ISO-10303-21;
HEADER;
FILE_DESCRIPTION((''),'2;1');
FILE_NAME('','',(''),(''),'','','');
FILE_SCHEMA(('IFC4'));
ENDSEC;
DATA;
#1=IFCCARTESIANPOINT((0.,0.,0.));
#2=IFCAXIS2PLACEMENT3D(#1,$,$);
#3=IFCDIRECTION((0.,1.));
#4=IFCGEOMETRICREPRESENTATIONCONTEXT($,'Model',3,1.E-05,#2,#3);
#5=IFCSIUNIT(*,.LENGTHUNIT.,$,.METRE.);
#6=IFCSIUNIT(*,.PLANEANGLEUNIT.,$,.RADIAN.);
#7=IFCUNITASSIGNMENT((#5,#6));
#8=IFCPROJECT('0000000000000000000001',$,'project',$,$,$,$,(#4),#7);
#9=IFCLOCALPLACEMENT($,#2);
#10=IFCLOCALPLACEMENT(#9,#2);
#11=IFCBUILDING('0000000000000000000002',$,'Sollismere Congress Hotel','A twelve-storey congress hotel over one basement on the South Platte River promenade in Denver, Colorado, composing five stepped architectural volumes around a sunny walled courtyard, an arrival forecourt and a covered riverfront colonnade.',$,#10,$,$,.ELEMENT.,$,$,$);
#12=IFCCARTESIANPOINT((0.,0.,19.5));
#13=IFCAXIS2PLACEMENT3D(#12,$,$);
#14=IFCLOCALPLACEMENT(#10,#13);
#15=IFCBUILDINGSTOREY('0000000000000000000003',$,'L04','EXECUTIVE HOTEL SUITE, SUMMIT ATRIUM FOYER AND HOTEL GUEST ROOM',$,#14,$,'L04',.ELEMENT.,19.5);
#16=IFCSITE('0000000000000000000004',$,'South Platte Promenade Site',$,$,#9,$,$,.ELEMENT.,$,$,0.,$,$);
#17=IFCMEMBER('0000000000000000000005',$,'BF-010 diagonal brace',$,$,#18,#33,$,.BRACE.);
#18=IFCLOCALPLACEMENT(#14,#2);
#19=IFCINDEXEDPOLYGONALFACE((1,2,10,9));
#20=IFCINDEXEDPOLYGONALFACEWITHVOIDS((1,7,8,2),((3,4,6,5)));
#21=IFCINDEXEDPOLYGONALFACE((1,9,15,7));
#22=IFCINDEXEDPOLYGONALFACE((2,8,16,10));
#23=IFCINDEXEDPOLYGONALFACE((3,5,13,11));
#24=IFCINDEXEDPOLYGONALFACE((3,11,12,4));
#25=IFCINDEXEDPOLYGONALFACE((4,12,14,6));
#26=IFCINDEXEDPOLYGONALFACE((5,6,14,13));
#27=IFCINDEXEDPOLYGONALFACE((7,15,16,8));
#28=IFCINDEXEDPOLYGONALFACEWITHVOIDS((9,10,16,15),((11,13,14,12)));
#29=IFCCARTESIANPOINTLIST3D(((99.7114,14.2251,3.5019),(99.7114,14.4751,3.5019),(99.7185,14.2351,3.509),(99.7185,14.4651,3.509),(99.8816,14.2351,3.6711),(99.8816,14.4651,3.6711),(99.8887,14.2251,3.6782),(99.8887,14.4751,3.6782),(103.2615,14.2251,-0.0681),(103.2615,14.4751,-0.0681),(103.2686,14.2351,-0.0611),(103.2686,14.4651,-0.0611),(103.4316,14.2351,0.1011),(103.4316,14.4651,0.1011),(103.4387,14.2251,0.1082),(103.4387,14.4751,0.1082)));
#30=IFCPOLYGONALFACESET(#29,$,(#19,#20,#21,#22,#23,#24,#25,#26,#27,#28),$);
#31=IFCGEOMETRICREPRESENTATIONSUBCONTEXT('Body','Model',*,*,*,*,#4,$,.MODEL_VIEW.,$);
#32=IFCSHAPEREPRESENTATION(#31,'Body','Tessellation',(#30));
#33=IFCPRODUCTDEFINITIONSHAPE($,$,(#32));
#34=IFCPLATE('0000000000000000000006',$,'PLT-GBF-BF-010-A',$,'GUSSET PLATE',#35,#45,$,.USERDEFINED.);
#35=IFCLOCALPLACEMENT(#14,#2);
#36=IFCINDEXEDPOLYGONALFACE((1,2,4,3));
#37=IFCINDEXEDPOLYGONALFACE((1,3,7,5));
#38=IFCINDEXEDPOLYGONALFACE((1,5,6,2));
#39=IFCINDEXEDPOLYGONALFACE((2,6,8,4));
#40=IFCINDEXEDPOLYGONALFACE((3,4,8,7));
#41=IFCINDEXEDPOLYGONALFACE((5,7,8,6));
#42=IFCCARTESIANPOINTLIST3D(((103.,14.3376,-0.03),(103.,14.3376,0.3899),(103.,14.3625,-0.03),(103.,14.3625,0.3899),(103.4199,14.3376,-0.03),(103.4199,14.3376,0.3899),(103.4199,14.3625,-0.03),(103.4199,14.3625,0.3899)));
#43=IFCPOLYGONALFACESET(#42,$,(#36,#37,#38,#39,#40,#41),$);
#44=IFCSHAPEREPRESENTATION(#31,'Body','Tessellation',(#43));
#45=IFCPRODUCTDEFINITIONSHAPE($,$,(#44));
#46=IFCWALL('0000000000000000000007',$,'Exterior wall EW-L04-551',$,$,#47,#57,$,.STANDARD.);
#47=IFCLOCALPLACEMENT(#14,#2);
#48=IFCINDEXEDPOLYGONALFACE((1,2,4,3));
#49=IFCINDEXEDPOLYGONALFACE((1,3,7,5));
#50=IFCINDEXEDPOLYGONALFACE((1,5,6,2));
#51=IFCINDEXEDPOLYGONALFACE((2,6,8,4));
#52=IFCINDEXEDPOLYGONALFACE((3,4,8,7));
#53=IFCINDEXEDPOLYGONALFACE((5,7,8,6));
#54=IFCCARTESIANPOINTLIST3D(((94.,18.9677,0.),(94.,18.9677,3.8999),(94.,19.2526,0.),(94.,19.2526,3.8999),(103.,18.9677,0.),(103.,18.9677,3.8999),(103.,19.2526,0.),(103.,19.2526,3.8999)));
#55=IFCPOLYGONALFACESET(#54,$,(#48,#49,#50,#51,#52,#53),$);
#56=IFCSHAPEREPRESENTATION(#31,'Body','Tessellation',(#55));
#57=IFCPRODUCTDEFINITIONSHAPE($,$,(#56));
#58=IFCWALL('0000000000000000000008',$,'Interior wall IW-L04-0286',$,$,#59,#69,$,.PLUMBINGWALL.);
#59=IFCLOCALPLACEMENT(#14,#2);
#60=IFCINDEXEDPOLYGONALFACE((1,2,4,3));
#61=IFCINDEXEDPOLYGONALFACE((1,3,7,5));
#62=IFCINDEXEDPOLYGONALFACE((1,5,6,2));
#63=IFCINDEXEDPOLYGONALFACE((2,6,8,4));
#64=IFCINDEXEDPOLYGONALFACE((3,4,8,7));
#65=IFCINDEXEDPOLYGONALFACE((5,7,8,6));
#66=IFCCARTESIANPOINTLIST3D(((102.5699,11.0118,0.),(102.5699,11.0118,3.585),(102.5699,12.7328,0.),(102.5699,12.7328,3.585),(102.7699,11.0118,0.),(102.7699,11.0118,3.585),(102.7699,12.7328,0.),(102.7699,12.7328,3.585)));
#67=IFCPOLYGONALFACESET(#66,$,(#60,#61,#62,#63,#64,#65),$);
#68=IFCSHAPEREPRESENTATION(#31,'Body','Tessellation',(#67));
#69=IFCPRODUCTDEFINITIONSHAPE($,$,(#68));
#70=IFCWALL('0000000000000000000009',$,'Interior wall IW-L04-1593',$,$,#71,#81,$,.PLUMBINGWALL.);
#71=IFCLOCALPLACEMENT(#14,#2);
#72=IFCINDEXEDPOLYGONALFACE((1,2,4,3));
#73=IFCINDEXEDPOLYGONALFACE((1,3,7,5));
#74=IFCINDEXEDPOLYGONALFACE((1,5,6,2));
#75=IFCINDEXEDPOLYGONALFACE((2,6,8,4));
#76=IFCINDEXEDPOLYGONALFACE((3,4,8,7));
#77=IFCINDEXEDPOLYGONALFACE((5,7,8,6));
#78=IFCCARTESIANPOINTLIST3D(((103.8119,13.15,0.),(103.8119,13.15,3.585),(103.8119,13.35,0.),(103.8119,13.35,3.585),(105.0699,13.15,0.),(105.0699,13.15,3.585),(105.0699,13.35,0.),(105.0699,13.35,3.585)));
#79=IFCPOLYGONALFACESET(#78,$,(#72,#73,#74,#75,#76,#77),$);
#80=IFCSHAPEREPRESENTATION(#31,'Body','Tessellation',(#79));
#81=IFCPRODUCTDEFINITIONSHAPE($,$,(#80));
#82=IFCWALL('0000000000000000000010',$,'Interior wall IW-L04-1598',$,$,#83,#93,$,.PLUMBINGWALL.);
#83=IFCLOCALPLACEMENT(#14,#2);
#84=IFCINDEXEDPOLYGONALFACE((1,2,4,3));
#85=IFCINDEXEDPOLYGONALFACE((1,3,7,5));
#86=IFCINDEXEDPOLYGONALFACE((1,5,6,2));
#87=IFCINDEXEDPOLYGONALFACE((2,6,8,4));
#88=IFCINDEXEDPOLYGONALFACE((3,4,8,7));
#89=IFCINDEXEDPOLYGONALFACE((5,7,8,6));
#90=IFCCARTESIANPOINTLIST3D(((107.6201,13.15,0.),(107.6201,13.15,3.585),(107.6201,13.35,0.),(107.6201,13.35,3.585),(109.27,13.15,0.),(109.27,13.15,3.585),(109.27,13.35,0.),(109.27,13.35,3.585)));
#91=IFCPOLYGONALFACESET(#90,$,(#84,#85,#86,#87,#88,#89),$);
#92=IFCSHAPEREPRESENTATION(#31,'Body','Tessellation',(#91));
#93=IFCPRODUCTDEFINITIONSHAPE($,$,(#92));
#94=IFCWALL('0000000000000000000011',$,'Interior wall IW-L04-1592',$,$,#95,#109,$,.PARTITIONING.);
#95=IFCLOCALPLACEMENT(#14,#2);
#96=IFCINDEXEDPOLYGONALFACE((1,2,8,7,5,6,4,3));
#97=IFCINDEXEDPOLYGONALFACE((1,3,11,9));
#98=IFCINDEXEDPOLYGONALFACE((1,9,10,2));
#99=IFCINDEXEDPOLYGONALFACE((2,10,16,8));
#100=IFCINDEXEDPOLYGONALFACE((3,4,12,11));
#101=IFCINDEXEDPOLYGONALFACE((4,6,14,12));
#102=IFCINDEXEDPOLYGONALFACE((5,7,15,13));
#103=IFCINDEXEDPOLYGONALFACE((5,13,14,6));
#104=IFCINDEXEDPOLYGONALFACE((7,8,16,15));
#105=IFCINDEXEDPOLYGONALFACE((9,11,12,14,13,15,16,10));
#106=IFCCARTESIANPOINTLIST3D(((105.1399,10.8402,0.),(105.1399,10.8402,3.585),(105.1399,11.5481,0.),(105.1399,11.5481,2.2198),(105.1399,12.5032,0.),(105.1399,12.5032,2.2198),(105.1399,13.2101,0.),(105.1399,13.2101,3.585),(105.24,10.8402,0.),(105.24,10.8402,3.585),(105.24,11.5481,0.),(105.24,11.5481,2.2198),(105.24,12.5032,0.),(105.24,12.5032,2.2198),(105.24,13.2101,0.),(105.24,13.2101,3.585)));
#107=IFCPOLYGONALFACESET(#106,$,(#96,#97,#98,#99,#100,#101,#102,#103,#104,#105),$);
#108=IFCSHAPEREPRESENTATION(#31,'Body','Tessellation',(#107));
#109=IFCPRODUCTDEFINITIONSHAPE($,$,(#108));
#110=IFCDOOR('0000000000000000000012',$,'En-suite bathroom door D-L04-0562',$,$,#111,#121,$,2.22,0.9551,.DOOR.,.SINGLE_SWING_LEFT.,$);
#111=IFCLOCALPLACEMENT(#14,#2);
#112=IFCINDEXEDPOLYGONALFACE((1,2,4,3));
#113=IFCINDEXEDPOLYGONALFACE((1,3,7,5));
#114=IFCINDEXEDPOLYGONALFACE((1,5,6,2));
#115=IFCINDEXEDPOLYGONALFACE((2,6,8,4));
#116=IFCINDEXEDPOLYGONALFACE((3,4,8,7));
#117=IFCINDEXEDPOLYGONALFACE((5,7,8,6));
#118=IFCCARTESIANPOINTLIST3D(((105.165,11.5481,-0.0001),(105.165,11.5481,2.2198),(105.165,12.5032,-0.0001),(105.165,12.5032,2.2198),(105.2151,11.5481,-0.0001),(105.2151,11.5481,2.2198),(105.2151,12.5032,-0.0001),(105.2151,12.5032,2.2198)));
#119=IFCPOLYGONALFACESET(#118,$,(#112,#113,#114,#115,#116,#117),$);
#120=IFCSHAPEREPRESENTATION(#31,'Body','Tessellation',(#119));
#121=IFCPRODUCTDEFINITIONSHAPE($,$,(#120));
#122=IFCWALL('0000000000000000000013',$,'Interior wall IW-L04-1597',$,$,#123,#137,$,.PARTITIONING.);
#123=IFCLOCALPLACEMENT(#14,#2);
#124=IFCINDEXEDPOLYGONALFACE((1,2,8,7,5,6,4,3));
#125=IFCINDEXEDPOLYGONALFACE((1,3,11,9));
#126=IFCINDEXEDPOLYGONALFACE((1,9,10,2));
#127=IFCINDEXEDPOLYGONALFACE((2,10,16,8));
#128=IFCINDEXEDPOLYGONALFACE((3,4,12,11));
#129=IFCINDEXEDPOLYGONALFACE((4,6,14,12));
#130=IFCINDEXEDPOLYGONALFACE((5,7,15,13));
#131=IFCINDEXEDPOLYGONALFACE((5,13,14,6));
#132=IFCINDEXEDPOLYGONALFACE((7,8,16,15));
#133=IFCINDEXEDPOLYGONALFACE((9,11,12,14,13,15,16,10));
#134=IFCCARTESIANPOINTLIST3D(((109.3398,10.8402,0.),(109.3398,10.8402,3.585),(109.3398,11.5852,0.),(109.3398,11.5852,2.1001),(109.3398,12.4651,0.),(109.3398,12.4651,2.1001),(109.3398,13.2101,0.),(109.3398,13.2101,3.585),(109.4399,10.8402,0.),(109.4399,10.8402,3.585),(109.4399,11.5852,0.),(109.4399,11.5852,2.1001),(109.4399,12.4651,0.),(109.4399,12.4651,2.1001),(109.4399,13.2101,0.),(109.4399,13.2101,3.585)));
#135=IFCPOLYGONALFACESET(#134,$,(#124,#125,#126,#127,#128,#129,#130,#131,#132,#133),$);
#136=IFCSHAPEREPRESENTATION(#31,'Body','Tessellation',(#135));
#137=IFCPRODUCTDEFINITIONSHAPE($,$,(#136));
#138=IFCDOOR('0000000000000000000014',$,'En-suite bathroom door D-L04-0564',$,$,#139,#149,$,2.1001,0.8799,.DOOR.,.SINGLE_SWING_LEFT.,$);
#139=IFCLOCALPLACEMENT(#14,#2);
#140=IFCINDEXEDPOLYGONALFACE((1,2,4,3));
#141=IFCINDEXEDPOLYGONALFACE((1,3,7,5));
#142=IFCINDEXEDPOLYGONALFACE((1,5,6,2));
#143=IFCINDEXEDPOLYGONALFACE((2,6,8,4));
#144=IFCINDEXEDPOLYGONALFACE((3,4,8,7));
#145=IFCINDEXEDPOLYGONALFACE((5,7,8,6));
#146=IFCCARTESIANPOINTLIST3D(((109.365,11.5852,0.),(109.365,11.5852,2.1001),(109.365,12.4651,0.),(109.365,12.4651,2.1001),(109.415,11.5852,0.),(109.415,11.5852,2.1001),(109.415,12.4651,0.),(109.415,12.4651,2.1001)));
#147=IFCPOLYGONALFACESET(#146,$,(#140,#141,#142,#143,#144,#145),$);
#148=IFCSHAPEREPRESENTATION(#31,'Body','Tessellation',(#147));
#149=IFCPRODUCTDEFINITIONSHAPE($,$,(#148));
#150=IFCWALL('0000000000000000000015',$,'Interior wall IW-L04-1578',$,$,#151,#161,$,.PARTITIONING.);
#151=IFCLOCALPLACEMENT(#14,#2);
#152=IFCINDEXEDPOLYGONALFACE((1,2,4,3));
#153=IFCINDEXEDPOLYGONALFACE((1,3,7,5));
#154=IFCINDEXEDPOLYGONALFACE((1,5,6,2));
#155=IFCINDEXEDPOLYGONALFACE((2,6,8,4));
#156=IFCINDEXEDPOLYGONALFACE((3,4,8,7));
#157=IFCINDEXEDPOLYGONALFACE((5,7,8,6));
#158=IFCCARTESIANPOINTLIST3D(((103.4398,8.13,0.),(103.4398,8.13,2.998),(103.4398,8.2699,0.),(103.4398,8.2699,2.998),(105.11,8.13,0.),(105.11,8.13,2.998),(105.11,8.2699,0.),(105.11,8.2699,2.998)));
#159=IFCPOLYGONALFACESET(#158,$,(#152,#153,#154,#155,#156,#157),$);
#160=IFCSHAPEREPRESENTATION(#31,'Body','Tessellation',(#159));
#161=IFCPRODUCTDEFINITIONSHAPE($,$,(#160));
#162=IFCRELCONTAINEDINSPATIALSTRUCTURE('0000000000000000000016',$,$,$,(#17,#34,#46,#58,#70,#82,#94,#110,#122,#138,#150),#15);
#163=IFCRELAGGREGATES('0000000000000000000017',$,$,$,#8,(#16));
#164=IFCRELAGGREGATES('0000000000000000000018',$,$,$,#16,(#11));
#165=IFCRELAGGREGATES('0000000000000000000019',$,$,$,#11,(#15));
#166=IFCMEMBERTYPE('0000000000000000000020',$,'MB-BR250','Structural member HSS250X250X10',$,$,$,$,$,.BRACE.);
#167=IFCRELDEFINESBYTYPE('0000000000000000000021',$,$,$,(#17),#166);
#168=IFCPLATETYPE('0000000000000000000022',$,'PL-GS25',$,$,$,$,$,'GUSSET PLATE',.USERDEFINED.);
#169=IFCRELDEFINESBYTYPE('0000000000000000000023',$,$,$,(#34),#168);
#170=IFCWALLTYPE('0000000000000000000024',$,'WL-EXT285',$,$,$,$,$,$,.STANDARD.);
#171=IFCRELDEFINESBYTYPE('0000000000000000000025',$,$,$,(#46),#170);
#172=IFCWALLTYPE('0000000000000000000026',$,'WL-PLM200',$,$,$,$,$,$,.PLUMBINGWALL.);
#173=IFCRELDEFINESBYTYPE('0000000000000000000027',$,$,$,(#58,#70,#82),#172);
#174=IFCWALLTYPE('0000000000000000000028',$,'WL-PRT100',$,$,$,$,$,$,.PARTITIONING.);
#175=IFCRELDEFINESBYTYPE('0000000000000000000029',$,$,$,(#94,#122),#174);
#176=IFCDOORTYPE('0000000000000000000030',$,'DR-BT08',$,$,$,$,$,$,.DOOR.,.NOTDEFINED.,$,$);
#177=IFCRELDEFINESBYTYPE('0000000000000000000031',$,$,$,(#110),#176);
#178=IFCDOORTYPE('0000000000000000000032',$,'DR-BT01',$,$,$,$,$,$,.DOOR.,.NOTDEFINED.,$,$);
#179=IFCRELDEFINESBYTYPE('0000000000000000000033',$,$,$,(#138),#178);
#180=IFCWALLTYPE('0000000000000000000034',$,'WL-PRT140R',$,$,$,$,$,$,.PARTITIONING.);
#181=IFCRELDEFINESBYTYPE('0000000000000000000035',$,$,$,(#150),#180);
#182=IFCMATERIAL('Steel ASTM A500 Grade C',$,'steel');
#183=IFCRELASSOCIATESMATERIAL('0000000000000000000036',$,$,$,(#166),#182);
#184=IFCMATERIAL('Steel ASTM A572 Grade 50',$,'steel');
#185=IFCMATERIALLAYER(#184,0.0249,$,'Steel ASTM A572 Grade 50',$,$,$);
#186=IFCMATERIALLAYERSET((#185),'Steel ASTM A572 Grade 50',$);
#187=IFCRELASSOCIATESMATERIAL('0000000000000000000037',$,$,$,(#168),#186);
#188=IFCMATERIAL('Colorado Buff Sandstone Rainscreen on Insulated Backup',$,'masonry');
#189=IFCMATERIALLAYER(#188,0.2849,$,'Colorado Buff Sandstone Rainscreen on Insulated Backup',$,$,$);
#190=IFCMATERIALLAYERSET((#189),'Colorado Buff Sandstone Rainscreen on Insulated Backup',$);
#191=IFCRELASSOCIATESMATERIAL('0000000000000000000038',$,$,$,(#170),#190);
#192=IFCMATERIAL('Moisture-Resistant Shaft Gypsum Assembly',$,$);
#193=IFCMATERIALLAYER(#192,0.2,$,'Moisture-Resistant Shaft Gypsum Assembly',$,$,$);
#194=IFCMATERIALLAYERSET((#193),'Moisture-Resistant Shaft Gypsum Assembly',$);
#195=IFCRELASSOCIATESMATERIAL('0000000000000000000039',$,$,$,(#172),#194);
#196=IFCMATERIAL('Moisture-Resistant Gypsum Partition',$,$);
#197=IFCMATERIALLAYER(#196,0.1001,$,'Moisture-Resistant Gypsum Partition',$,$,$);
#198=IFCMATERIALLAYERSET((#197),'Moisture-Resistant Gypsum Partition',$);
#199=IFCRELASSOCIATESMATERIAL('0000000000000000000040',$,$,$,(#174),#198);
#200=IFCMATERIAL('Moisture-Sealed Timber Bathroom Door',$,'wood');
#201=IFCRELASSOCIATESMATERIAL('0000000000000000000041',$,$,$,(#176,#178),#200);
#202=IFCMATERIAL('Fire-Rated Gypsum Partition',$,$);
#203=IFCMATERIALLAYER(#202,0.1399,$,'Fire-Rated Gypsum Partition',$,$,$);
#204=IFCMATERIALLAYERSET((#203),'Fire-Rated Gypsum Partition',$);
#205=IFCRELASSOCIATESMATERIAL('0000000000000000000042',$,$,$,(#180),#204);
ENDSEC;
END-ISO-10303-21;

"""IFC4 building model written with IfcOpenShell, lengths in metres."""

from ifc_helpers import new_model, si_unit, direction, frame, frame_2d, origin, origin_2d, place, context, subcontext, project, spatial, rectangle, hollow_rectangle, extrude, material, layer, layer_set, material_profile, profile_set, type_object, element, fill, save


model = new_model("IFC4")

# Units and contexts
model_context = context("Model", 3, precision=1e-05, world=origin(), true_north=direction((0.0, 1.0)))
body_context = subcontext(model_context, "Body", "Model", "MODEL_VIEW")
ifc_project = project(units=[si_unit("LENGTHUNIT", "METRE"), si_unit("PLANEANGLEUNIT", "RADIAN")], contexts=[model_context])

# Site, building, storey
site_placement = place(None, origin())
site = spatial("IfcSite", under=ifc_project, at=site_placement, Name="South Platte Promenade Site", CompositionType="ELEMENT", RefElevation=0.0)
building_placement = place(site_placement, origin())
building = spatial("IfcBuilding", under=site, at=building_placement, Name="Sollismere Congress Hotel", Description="A twelve-storey congress hotel over one basement on the South Platte River promenade in Denver, Colorado, composing five stepped architectural volumes around a sunny walled courtyard, an arrival forecourt and a covered riverfront colonnade.", CompositionType="ELEMENT")
storey_placement = place(building_placement, frame((0.0, 0.0, 19.5)))
storey = spatial("IfcBuildingStorey", under=building, at=storey_placement, Name="L04", Description="EXECUTIVE HOTEL SUITE, SUMMIT ATRIUM FOYER AND HOTEL GUEST ROOM", LongName="L04", CompositionType="ELEMENT", Elevation=19.5)

# Member
ifc_material_1 = material(Name="Steel ASTM A500 Grade C", Category="steel")
ifc_material_profile = material_profile(ifc_material_1, hollow_rectangle(XDim=0.25, YDim=0.25, WallThickness=0.01, at=origin_2d()), Name="HSS250X250X10")
ifc_profile_set = profile_set([ifc_material_profile], Name="Steel ASTM A500 Grade C")
member_type = type_object("IfcMemberType", Name="MB-BR250", Description="Structural member HSS250X250X10", PredefinedType="BRACE", material=ifc_profile_set)
member_placement = place(storey_placement, frame((103.3501, 14.3501, 0.02), z_axis=(-0.705116, 0.0, 0.709092), x_axis=(0.0, -1.0, 0.0)))
element("IfcMember", 1, at=member_placement, inside=storey, type_object=member_type, Name="BF-010 diagonal brace", PredefinedType="BRACE", context=body_context, shape_type="SweptSolid", body=[
    extrude(hollow_rectangle(XDim=0.25, YDim=0.25, WallThickness=0.01, at=origin_2d()), origin(), (0.0, 0.0, 1.0), 5.0347),
])

# Plate
ifc_material_2 = material(Name="Steel ASTM A572 Grade 50", Category="steel")
ifc_layer_1 = layer(ifc_material_2, 0.0249, Name="Steel ASTM A572 Grade 50")
ifc_layer_set_1 = layer_set([ifc_layer_1], Name="Steel ASTM A572 Grade 50")
plate_type = type_object("IfcPlateType", Name="PL-GS25", ElementType="GUSSET PLATE", PredefinedType="USERDEFINED", material=ifc_layer_set_1)
plate_placement = place(storey_placement, frame((103.21, 14.3501, -0.03), z_axis=(0.0, 0.0, 1.0), x_axis=(1.0, 0.0, 0.0)))
element("IfcPlate", 2, at=plate_placement, inside=storey, type_object=plate_type, Name="PLT-GBF-BF-010-A", ObjectType="GUSSET PLATE", PredefinedType="USERDEFINED", context=body_context, shape_type="SweptSolid", body=[
    extrude(rectangle(XDim=0.4199, YDim=0.0249, at=origin_2d()), origin(), (0.0, 0.0, 1.0), 0.4199),
])

# Walls
ifc_material_3 = material(Name="Colorado Buff Sandstone Rainscreen on Insulated Backup", Category="masonry")
ifc_layer_2 = layer(ifc_material_3, 0.2849, Name="Colorado Buff Sandstone Rainscreen on Insulated Backup")
ifc_layer_set_2 = layer_set([ifc_layer_2], Name="Colorado Buff Sandstone Rainscreen on Insulated Backup")
wall_type_1 = type_object("IfcWallType", Name="WL-EXT285", PredefinedType="STANDARD", material=ifc_layer_set_2)
wall_1_placement = place(storey_placement, frame((103.0, 19.1101, 0.0), z_axis=(0.0, 0.0, 1.0), x_axis=(-1.0, 0.0, 0.0)))
element("IfcWall", 3, at=wall_1_placement, inside=storey, type_object=wall_type_1, Name="Exterior wall EW-L04-551", PredefinedType="STANDARD", context=body_context, shape_type="SweptSolid", body=[
    extrude(rectangle(XDim=9.0, YDim=0.2849, at=frame_2d((4.5, 0.0))), origin(), (0.0, 0.0, 1.0), 3.8999),
])
ifc_material_4 = material(Name="Moisture-Resistant Shaft Gypsum Assembly")
ifc_layer_3 = layer(ifc_material_4, 0.2, Name="Moisture-Resistant Shaft Gypsum Assembly")
ifc_layer_set_3 = layer_set([ifc_layer_3], Name="Moisture-Resistant Shaft Gypsum Assembly")
wall_type_2 = type_object("IfcWallType", Name="WL-PLM200", PredefinedType="PLUMBINGWALL", material=ifc_layer_set_3)
wall_2_placement = place(storey_placement, frame((102.6699, 11.012, 0.0), z_axis=(0.0, 0.0, 1.0), x_axis=(0.0, 1.0, 0.0)))
element("IfcWall", 4, at=wall_2_placement, inside=storey, type_object=wall_type_2, Name="Interior wall IW-L04-0286", PredefinedType="PLUMBINGWALL", context=body_context, shape_type="SweptSolid", body=[
    extrude(rectangle(XDim=1.7209, YDim=0.2, at=frame_2d((0.8604, 0.0))), origin(), (0.0, 0.0, 1.0), 3.585),
])
wall_3_placement = place(storey_placement, frame((103.812, 13.25, 0.0), z_axis=(0.0, 0.0, 1.0), x_axis=(1.0, 0.0, 0.0)))
element("IfcWall", 5, at=wall_3_placement, inside=storey, type_object=wall_type_2, Name="Interior wall IW-L04-1593", PredefinedType="PLUMBINGWALL", context=body_context, shape_type="SweptSolid", body=[
    extrude(rectangle(XDim=1.2581, YDim=0.2, at=frame_2d((0.6289, 0.0))), origin(), (0.0, 0.0, 1.0), 3.585),
])
wall_4_placement = place(storey_placement, frame((107.6201, 13.25, 0.0), z_axis=(0.0, 0.0, 1.0), x_axis=(1.0, 0.0, 0.0)))
element("IfcWall", 6, at=wall_4_placement, inside=storey, type_object=wall_type_2, Name="Interior wall IW-L04-1598", PredefinedType="PLUMBINGWALL", context=body_context, shape_type="SweptSolid", body=[
    extrude(rectangle(XDim=1.6499, YDim=0.2, at=frame_2d((0.825, 0.0))), origin(), (0.0, 0.0, 1.0), 3.585),
])

# Walls, openings, doors
ifc_material_5 = material(Name="Moisture-Resistant Gypsum Partition")
ifc_layer_4 = layer(ifc_material_5, 0.1001, Name="Moisture-Resistant Gypsum Partition")
ifc_layer_set_4 = layer_set([ifc_layer_4], Name="Moisture-Resistant Gypsum Partition")
wall_type_3 = type_object("IfcWallType", Name="WL-PRT100", PredefinedType="PARTITIONING", material=ifc_layer_set_4)
wall_5_placement = place(storey_placement, frame((105.1899, 10.8401, 0.0), z_axis=(0.0, 0.0, 1.0), x_axis=(0.0, 1.0, 0.0)))
wall_5 = element("IfcWall", 7, at=wall_5_placement, inside=storey, type_object=wall_type_3, Name="Interior wall IW-L04-1592", PredefinedType="PARTITIONING", context=body_context, shape_type="SweptSolid", body=[
    extrude(rectangle(XDim=2.3699, YDim=0.1001, at=frame_2d((1.1851, 0.0))), origin(), (0.0, 0.0, 1.0), 3.585),
])
opening_1_placement = place(wall_5_placement, frame((0.708, 0.0, 0.0)))
opening_1 = element("IfcOpeningElement", 8, at=opening_1_placement, cuts=wall_5, PredefinedType="OPENING", context=body_context, shape_type="SweptSolid", body=[
    extrude(rectangle(XDim=0.9551, YDim=2.22, at=frame_2d((0.4775, 1.1099))), frame((0.0, 0.0601, 0.0), z_axis=(0.0, -1.0, 0.0), x_axis=(1.0, 0.0, 0.0)), (0.0, 0.0, 1.0), 0.1201),
])
ifc_material_6 = material(Name="Moisture-Sealed Timber Bathroom Door", Category="wood")
door_type_1 = type_object("IfcDoorType", Name="DR-BT08", OperationType="NOTDEFINED", PredefinedType="DOOR", material=ifc_material_6)
door_1_placement = place(opening_1_placement, origin())
door_1 = element("IfcDoor", 9, at=door_1_placement, inside=storey, type_object=door_type_1, Name="En-suite bathroom door D-L04-0562", OperationType="SINGLE_SWING_LEFT", OverallHeight=2.22, OverallWidth=0.9551, PredefinedType="DOOR", context=body_context, shape_type="SweptSolid", body=[
    extrude(rectangle(XDim=0.9551, YDim=2.22, at=frame_2d((0.4775, 1.1099))), frame((0.0, 0.0249, 0.0), z_axis=(0.0, -1.0, 0.0), x_axis=(1.0, 0.0, 0.0)), (0.0, 0.0, 1.0), 0.05),
])
fill(opening_1, door_1)
wall_6_placement = place(storey_placement, frame((109.3899, 10.8401, 0.0), z_axis=(0.0, 0.0, 1.0), x_axis=(0.0, 1.0, 0.0)))
wall_6 = element("IfcWall", 10, at=wall_6_placement, inside=storey, type_object=wall_type_3, Name="Interior wall IW-L04-1597", PredefinedType="PARTITIONING", context=body_context, shape_type="SweptSolid", body=[
    extrude(rectangle(XDim=2.3699, YDim=0.1001, at=frame_2d((1.1851, 0.0))), origin(), (0.0, 0.0, 1.0), 3.585),
])
opening_2_placement = place(wall_6_placement, frame((0.7451, 0.0, 0.0)))
opening_2 = element("IfcOpeningElement", 11, at=opening_2_placement, cuts=wall_6, PredefinedType="OPENING", context=body_context, shape_type="SweptSolid", body=[
    extrude(rectangle(XDim=0.8799, YDim=2.1001, at=frame_2d((0.4399, 1.05))), frame((0.0, 0.0601, 0.0), z_axis=(0.0, -1.0, 0.0), x_axis=(1.0, 0.0, 0.0)), (0.0, 0.0, 1.0), 0.1201),
])
door_type_2 = type_object("IfcDoorType", Name="DR-BT01", OperationType="NOTDEFINED", PredefinedType="DOOR", material=ifc_material_6)
door_2_placement = place(opening_2_placement, origin())
door_2 = element("IfcDoor", 12, at=door_2_placement, inside=storey, type_object=door_type_2, Name="En-suite bathroom door D-L04-0564", OperationType="SINGLE_SWING_LEFT", OverallHeight=2.1001, OverallWidth=0.8799, PredefinedType="DOOR", context=body_context, shape_type="SweptSolid", body=[
    extrude(rectangle(XDim=0.8799, YDim=2.1001, at=frame_2d((0.4399, 1.05))), frame((0.0, 0.0249, 0.0), z_axis=(0.0, -1.0, 0.0), x_axis=(1.0, 0.0, 0.0)), (0.0, 0.0, 1.0), 0.05),
])
fill(opening_2, door_2)

# Wall
ifc_material_7 = material(Name="Fire-Rated Gypsum Partition")
ifc_layer_5 = layer(ifc_material_7, 0.1399, Name="Fire-Rated Gypsum Partition")
ifc_layer_set_5 = layer_set([ifc_layer_5], Name="Fire-Rated Gypsum Partition")
wall_type_4 = type_object("IfcWallType", Name="WL-PRT140R", PredefinedType="PARTITIONING", material=ifc_layer_set_5)
wall_7_placement = place(storey_placement, frame((103.4399, 8.2, 0.0), z_axis=(0.0, 0.0, 1.0), x_axis=(1.0, 0.0, 0.0)))
element("IfcWall", 13, at=wall_7_placement, inside=storey, type_object=wall_type_4, Name="Interior wall IW-L04-1578", PredefinedType="PARTITIONING", context=body_context, shape_type="SweptSolid", body=[
    extrude(rectangle(XDim=1.6702, YDim=0.1399, at=frame_2d((0.835, 0.0))), origin(), (0.0, 0.0, 1.0), 2.998),
])

save(model, "model.ifc")
